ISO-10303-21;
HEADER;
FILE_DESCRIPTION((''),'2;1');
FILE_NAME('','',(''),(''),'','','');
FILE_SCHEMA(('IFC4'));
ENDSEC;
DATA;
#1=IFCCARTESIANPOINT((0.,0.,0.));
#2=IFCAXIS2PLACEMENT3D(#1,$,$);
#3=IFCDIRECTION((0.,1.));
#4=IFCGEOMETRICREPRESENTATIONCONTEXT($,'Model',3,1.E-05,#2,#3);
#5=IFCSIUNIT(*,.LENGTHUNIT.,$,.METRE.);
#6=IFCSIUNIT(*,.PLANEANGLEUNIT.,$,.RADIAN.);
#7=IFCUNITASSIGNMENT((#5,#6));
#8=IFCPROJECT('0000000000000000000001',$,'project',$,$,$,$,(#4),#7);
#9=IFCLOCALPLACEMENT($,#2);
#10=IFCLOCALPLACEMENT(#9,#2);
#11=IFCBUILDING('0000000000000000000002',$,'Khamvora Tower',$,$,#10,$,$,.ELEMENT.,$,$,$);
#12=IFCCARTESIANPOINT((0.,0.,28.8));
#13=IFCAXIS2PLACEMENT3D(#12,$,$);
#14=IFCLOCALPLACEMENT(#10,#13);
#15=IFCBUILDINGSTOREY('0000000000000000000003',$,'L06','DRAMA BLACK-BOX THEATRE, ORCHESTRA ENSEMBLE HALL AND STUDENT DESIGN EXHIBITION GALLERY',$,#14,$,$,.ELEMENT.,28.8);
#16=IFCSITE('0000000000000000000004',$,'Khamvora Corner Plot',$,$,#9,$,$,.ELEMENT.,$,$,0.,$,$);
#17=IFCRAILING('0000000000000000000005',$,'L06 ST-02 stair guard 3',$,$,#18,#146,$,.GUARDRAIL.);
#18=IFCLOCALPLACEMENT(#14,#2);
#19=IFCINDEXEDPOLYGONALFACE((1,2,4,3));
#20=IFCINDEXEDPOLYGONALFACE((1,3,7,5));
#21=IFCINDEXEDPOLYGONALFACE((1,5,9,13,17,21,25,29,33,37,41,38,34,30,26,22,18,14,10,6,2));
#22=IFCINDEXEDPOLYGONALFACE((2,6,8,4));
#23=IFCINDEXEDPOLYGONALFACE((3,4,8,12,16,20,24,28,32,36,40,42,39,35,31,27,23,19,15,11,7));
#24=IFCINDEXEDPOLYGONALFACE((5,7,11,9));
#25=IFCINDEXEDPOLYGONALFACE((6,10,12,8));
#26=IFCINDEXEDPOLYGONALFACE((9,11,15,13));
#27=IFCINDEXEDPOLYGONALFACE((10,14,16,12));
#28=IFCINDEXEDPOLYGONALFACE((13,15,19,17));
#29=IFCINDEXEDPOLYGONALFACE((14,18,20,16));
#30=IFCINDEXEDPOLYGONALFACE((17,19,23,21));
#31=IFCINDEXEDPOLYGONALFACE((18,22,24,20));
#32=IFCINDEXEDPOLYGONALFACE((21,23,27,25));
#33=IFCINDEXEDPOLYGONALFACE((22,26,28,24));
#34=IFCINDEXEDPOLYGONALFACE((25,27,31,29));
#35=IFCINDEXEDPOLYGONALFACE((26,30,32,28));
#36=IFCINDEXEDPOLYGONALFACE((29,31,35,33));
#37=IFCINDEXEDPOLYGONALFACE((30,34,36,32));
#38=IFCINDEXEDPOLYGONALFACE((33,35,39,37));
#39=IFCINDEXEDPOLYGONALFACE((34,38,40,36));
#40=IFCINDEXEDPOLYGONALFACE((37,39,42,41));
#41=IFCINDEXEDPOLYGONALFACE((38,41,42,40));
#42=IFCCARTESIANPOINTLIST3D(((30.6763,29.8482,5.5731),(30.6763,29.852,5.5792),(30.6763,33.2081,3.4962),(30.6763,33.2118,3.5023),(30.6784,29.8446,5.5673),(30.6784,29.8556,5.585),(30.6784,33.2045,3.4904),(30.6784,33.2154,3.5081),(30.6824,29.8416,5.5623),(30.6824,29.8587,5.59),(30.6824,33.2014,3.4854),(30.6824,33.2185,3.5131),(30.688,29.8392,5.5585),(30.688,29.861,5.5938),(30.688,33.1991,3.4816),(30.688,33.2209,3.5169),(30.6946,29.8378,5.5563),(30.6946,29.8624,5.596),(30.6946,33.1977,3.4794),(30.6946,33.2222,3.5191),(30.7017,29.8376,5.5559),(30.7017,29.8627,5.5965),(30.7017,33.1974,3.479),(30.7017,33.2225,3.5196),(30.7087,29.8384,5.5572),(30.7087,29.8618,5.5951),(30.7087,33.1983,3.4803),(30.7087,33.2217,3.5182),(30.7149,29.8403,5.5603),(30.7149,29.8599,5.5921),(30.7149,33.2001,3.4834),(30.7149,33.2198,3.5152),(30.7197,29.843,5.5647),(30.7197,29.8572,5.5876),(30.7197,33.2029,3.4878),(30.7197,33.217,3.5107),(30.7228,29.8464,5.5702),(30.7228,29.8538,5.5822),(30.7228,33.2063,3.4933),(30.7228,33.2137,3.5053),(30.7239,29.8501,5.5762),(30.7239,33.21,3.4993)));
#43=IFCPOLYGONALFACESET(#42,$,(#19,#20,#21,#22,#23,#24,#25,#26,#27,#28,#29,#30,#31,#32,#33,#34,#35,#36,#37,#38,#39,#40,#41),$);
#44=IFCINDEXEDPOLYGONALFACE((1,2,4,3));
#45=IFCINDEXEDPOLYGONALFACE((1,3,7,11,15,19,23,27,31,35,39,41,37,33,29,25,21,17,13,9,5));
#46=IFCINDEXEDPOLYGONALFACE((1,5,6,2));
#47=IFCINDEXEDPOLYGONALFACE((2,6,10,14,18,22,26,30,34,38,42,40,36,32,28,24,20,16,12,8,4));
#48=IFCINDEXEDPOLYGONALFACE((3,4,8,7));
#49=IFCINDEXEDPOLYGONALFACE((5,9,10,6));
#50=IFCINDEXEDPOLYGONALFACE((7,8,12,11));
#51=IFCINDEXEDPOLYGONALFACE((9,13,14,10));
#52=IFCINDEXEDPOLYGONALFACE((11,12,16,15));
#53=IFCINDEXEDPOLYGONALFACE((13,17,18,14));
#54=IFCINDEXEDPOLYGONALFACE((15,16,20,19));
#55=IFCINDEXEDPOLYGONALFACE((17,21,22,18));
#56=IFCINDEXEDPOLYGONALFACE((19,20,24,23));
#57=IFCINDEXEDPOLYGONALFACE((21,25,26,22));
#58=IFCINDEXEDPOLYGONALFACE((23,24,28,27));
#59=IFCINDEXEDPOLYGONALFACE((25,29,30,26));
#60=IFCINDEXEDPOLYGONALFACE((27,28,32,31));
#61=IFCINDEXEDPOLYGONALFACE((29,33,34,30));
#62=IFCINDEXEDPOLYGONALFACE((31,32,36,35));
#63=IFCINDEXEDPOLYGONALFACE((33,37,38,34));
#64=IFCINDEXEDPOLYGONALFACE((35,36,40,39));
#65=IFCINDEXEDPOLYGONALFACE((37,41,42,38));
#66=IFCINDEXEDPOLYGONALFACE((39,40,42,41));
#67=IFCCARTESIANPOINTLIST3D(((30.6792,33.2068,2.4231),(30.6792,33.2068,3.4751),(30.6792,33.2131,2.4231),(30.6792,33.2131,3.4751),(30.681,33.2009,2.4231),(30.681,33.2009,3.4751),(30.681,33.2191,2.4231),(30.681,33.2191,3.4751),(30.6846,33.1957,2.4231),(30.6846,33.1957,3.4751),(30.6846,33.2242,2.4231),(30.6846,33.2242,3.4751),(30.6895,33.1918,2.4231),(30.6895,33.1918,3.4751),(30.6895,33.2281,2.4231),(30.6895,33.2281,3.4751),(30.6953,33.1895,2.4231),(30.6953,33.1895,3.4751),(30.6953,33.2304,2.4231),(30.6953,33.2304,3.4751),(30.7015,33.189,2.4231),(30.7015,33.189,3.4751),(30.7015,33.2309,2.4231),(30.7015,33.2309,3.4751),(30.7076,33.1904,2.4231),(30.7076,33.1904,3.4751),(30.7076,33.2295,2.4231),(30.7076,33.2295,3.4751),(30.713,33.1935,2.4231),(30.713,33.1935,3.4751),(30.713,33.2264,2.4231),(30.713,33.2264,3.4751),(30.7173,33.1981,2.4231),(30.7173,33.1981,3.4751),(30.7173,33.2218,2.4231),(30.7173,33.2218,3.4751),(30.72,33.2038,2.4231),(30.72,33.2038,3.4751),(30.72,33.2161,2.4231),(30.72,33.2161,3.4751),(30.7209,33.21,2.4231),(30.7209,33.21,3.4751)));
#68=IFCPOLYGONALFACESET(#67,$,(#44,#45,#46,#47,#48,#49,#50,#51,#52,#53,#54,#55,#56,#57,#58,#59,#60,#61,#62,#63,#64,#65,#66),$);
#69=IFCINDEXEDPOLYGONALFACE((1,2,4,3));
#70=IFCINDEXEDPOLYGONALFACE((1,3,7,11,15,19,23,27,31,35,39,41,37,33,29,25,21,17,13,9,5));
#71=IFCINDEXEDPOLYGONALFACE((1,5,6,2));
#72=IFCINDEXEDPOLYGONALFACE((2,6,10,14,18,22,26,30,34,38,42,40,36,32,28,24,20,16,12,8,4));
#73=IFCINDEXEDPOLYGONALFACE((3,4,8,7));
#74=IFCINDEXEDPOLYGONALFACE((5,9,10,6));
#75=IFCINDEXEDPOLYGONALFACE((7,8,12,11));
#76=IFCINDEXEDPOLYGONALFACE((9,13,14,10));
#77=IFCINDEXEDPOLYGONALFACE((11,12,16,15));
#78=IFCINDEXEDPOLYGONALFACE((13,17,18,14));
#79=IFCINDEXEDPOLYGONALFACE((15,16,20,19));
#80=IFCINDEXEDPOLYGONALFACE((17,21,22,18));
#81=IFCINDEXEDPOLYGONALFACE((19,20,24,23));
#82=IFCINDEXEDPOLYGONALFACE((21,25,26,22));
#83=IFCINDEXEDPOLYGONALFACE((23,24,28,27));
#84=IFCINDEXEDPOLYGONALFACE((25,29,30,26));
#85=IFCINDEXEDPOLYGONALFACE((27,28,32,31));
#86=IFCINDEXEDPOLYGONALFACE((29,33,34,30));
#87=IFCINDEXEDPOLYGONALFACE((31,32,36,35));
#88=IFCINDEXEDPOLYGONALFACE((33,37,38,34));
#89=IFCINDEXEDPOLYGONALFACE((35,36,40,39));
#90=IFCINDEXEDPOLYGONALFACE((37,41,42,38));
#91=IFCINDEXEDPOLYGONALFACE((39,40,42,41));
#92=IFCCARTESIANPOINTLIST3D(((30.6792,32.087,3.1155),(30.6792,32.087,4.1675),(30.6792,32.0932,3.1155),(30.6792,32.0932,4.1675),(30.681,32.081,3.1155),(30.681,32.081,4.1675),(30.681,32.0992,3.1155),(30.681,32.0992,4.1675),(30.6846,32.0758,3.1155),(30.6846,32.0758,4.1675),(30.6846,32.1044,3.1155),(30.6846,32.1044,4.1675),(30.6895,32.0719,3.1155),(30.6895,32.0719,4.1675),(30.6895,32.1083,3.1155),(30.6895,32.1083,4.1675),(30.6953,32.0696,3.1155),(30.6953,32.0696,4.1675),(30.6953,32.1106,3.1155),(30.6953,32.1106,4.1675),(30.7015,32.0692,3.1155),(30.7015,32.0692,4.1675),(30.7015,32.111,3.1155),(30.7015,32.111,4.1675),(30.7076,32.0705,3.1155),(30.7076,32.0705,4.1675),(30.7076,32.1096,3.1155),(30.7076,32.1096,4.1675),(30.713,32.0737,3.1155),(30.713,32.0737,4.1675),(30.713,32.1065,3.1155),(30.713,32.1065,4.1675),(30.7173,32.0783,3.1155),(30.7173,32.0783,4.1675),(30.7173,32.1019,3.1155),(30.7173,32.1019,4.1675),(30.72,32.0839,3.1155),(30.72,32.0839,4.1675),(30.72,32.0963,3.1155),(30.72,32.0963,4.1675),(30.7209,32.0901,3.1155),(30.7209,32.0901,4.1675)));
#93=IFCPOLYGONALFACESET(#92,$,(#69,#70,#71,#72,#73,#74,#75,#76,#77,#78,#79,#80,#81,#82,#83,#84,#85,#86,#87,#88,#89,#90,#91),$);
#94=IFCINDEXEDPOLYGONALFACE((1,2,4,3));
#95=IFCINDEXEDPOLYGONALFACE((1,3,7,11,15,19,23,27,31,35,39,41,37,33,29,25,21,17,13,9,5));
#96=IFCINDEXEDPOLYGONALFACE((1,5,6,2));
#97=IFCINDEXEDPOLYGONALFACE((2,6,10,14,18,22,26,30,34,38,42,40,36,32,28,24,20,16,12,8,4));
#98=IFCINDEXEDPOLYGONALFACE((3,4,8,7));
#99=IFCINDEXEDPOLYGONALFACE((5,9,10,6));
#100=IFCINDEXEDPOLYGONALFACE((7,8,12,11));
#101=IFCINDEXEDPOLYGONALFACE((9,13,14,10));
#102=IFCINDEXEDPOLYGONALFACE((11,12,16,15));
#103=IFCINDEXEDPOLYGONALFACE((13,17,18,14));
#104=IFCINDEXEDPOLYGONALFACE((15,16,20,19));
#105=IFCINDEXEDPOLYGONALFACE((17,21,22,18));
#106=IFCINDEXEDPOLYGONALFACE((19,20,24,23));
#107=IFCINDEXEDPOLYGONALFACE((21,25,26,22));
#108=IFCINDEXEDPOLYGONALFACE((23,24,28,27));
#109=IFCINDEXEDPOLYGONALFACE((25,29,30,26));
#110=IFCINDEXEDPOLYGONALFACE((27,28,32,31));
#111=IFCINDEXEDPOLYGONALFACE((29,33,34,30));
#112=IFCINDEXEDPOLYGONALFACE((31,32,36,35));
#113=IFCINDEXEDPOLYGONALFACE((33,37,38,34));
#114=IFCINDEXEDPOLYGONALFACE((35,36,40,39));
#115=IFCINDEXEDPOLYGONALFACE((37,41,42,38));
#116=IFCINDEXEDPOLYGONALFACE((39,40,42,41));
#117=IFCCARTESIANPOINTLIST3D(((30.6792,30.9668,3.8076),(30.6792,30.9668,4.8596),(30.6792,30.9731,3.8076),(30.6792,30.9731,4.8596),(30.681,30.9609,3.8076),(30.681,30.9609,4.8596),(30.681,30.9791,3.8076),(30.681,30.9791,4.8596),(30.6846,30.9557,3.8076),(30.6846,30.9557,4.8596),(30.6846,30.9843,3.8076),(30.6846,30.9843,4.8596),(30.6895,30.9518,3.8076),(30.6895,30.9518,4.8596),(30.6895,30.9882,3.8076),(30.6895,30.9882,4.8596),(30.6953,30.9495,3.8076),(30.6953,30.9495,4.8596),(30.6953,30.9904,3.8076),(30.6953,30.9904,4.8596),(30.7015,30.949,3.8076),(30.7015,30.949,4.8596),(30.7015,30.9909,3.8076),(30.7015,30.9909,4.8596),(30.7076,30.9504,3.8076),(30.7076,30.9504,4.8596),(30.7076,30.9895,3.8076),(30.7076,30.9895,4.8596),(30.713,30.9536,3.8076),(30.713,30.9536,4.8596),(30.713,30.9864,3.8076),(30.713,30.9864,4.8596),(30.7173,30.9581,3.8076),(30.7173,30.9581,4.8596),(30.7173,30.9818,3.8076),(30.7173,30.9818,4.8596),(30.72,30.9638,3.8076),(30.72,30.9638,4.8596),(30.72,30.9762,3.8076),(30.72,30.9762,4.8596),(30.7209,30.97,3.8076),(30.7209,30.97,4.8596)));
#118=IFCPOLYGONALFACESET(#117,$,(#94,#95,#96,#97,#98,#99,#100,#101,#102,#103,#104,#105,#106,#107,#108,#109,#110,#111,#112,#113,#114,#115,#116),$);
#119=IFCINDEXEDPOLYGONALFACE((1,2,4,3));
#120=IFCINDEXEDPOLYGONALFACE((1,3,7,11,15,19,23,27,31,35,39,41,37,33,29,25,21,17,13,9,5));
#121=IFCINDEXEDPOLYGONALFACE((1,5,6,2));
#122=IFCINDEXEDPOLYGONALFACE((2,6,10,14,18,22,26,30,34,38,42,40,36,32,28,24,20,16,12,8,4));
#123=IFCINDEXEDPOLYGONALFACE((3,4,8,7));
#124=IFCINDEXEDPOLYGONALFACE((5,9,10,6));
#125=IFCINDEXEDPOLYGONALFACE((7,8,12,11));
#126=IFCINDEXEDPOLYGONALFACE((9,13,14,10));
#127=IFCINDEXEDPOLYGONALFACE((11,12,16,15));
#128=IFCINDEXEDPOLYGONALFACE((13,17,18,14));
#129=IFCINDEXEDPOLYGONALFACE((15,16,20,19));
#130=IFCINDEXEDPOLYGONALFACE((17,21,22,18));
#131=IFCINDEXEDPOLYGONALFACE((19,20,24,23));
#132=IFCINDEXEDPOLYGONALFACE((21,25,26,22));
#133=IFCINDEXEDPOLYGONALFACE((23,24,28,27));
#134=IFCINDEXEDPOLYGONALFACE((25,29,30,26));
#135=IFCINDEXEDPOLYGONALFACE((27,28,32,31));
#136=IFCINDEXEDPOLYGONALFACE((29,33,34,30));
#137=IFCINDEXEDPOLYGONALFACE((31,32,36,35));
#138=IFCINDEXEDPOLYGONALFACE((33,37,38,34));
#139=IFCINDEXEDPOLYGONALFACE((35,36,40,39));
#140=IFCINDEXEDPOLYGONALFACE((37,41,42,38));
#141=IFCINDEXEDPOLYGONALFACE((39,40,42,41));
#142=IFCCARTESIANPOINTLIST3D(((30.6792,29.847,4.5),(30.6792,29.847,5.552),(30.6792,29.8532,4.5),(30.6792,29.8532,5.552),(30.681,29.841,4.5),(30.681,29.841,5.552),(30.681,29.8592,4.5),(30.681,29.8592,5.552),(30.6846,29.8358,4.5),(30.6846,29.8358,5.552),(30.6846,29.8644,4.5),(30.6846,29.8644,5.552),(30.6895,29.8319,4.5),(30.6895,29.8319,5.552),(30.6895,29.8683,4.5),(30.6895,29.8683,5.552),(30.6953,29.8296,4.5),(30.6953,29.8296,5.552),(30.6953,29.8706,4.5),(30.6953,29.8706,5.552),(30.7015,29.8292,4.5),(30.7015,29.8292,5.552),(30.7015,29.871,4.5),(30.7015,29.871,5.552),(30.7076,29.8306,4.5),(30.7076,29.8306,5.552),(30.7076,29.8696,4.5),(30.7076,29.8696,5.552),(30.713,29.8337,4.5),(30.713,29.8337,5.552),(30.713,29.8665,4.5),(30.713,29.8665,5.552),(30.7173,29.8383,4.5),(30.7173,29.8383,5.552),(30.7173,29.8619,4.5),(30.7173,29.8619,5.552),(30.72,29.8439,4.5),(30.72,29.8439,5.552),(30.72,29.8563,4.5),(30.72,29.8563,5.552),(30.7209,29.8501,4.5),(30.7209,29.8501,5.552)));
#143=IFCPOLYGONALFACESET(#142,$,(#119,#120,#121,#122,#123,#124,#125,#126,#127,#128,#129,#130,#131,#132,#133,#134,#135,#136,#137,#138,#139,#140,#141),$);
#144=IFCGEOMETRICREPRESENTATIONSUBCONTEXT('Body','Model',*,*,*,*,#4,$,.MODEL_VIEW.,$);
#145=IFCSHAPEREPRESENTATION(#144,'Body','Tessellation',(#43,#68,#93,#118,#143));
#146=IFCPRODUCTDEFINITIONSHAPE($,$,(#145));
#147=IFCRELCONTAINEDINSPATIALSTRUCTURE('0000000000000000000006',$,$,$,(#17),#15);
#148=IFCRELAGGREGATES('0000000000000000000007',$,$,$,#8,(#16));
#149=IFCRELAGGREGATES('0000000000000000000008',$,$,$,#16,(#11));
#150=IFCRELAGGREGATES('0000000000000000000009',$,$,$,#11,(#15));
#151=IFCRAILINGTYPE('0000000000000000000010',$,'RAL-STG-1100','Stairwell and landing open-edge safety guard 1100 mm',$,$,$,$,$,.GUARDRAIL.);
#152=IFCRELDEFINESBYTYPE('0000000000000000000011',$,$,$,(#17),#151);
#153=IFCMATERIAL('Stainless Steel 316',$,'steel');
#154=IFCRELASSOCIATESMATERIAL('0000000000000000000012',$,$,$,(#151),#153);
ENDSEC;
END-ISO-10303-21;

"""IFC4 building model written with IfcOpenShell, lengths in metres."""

from ifc_helpers import new_model, si_unit, direction, frame, origin, origin_2d, place, context, subcontext, project, spatial, circle, extrude, material, type_object, element, save


model = new_model("IFC4")

# Units and contexts
model_context = context("Model", 3, precision=1e-05, world=origin(), true_north=direction((0.0, 1.0)))
body_context = subcontext(model_context, "Body", "Model", "MODEL_VIEW")
ifc_project = project(units=[si_unit("LENGTHUNIT", "METRE"), si_unit("PLANEANGLEUNIT", "RADIAN")], contexts=[model_context])

# Site, building, storey
site_placement = place(None, origin())
site = spatial("IfcSite", under=ifc_project, at=site_placement, Name="Khamvora Corner Plot", CompositionType="ELEMENT", RefElevation=0.0)
building_placement = place(site_placement, origin())
building = spatial("IfcBuilding", under=site, at=building_placement, Name="Khamvora Tower", CompositionType="ELEMENT")
storey_placement = place(building_placement, frame((0.0, 0.0, 28.8)))
storey = spatial("IfcBuildingStorey", under=building, at=storey_placement, Name="L06", Description="DRAMA BLACK-BOX THEATRE, ORCHESTRA ENSEMBLE HALL AND STUDENT DESIGN EXHIBITION GALLERY", CompositionType="ELEMENT", Elevation=28.8)

# Railing
ifc_material_1 = material(Name="Stainless Steel 316", Category="steel")
railing_type_1 = type_object("IfcRailingType", Name="RAL-STG-1100", Description="Stairwell and landing open-edge safety guard 1100 mm", PredefinedType="GUARDRAIL", material=ifc_material_1)
railing_1_placement = place(storey_placement, frame((30.7, 33.21, 2.4231)))
element("IfcRailing", 1, at=railing_1_placement, inside=storey, type_object=railing_type_1, Name="L06 ST-02 stair guard 3", PredefinedType="GUARDRAIL", context=body_context, shape_type="SweptSolid", body=[
    extrude(circle(Radius=0.0239, at=origin_2d()), frame((0.0, 0.0, 1.0762), z_axis=(0.0, -0.850606, 0.525803), x_axis=(1.0, 0.0, 0.0)), (0.0, 0.0, 1.0), 3.95),
    extrude(circle(Radius=0.021, at=origin_2d()), origin(), (0.0, 0.0, 1.0), 1.052),
    extrude(circle(Radius=0.021, at=origin_2d()), frame((0.0, -1.1199, 0.6924)), (0.0, 0.0, 1.0), 1.052),
    extrude(circle(Radius=0.021, at=origin_2d()), frame((0.0, -2.24, 1.3845)), (0.0, 0.0, 1.0), 1.052),
    extrude(circle(Radius=0.021, at=origin_2d()), frame((0.0, -3.3599, 2.0769)), (0.0, 0.0, 1.0), 1.052),
])

save(model, "model.ifc")
